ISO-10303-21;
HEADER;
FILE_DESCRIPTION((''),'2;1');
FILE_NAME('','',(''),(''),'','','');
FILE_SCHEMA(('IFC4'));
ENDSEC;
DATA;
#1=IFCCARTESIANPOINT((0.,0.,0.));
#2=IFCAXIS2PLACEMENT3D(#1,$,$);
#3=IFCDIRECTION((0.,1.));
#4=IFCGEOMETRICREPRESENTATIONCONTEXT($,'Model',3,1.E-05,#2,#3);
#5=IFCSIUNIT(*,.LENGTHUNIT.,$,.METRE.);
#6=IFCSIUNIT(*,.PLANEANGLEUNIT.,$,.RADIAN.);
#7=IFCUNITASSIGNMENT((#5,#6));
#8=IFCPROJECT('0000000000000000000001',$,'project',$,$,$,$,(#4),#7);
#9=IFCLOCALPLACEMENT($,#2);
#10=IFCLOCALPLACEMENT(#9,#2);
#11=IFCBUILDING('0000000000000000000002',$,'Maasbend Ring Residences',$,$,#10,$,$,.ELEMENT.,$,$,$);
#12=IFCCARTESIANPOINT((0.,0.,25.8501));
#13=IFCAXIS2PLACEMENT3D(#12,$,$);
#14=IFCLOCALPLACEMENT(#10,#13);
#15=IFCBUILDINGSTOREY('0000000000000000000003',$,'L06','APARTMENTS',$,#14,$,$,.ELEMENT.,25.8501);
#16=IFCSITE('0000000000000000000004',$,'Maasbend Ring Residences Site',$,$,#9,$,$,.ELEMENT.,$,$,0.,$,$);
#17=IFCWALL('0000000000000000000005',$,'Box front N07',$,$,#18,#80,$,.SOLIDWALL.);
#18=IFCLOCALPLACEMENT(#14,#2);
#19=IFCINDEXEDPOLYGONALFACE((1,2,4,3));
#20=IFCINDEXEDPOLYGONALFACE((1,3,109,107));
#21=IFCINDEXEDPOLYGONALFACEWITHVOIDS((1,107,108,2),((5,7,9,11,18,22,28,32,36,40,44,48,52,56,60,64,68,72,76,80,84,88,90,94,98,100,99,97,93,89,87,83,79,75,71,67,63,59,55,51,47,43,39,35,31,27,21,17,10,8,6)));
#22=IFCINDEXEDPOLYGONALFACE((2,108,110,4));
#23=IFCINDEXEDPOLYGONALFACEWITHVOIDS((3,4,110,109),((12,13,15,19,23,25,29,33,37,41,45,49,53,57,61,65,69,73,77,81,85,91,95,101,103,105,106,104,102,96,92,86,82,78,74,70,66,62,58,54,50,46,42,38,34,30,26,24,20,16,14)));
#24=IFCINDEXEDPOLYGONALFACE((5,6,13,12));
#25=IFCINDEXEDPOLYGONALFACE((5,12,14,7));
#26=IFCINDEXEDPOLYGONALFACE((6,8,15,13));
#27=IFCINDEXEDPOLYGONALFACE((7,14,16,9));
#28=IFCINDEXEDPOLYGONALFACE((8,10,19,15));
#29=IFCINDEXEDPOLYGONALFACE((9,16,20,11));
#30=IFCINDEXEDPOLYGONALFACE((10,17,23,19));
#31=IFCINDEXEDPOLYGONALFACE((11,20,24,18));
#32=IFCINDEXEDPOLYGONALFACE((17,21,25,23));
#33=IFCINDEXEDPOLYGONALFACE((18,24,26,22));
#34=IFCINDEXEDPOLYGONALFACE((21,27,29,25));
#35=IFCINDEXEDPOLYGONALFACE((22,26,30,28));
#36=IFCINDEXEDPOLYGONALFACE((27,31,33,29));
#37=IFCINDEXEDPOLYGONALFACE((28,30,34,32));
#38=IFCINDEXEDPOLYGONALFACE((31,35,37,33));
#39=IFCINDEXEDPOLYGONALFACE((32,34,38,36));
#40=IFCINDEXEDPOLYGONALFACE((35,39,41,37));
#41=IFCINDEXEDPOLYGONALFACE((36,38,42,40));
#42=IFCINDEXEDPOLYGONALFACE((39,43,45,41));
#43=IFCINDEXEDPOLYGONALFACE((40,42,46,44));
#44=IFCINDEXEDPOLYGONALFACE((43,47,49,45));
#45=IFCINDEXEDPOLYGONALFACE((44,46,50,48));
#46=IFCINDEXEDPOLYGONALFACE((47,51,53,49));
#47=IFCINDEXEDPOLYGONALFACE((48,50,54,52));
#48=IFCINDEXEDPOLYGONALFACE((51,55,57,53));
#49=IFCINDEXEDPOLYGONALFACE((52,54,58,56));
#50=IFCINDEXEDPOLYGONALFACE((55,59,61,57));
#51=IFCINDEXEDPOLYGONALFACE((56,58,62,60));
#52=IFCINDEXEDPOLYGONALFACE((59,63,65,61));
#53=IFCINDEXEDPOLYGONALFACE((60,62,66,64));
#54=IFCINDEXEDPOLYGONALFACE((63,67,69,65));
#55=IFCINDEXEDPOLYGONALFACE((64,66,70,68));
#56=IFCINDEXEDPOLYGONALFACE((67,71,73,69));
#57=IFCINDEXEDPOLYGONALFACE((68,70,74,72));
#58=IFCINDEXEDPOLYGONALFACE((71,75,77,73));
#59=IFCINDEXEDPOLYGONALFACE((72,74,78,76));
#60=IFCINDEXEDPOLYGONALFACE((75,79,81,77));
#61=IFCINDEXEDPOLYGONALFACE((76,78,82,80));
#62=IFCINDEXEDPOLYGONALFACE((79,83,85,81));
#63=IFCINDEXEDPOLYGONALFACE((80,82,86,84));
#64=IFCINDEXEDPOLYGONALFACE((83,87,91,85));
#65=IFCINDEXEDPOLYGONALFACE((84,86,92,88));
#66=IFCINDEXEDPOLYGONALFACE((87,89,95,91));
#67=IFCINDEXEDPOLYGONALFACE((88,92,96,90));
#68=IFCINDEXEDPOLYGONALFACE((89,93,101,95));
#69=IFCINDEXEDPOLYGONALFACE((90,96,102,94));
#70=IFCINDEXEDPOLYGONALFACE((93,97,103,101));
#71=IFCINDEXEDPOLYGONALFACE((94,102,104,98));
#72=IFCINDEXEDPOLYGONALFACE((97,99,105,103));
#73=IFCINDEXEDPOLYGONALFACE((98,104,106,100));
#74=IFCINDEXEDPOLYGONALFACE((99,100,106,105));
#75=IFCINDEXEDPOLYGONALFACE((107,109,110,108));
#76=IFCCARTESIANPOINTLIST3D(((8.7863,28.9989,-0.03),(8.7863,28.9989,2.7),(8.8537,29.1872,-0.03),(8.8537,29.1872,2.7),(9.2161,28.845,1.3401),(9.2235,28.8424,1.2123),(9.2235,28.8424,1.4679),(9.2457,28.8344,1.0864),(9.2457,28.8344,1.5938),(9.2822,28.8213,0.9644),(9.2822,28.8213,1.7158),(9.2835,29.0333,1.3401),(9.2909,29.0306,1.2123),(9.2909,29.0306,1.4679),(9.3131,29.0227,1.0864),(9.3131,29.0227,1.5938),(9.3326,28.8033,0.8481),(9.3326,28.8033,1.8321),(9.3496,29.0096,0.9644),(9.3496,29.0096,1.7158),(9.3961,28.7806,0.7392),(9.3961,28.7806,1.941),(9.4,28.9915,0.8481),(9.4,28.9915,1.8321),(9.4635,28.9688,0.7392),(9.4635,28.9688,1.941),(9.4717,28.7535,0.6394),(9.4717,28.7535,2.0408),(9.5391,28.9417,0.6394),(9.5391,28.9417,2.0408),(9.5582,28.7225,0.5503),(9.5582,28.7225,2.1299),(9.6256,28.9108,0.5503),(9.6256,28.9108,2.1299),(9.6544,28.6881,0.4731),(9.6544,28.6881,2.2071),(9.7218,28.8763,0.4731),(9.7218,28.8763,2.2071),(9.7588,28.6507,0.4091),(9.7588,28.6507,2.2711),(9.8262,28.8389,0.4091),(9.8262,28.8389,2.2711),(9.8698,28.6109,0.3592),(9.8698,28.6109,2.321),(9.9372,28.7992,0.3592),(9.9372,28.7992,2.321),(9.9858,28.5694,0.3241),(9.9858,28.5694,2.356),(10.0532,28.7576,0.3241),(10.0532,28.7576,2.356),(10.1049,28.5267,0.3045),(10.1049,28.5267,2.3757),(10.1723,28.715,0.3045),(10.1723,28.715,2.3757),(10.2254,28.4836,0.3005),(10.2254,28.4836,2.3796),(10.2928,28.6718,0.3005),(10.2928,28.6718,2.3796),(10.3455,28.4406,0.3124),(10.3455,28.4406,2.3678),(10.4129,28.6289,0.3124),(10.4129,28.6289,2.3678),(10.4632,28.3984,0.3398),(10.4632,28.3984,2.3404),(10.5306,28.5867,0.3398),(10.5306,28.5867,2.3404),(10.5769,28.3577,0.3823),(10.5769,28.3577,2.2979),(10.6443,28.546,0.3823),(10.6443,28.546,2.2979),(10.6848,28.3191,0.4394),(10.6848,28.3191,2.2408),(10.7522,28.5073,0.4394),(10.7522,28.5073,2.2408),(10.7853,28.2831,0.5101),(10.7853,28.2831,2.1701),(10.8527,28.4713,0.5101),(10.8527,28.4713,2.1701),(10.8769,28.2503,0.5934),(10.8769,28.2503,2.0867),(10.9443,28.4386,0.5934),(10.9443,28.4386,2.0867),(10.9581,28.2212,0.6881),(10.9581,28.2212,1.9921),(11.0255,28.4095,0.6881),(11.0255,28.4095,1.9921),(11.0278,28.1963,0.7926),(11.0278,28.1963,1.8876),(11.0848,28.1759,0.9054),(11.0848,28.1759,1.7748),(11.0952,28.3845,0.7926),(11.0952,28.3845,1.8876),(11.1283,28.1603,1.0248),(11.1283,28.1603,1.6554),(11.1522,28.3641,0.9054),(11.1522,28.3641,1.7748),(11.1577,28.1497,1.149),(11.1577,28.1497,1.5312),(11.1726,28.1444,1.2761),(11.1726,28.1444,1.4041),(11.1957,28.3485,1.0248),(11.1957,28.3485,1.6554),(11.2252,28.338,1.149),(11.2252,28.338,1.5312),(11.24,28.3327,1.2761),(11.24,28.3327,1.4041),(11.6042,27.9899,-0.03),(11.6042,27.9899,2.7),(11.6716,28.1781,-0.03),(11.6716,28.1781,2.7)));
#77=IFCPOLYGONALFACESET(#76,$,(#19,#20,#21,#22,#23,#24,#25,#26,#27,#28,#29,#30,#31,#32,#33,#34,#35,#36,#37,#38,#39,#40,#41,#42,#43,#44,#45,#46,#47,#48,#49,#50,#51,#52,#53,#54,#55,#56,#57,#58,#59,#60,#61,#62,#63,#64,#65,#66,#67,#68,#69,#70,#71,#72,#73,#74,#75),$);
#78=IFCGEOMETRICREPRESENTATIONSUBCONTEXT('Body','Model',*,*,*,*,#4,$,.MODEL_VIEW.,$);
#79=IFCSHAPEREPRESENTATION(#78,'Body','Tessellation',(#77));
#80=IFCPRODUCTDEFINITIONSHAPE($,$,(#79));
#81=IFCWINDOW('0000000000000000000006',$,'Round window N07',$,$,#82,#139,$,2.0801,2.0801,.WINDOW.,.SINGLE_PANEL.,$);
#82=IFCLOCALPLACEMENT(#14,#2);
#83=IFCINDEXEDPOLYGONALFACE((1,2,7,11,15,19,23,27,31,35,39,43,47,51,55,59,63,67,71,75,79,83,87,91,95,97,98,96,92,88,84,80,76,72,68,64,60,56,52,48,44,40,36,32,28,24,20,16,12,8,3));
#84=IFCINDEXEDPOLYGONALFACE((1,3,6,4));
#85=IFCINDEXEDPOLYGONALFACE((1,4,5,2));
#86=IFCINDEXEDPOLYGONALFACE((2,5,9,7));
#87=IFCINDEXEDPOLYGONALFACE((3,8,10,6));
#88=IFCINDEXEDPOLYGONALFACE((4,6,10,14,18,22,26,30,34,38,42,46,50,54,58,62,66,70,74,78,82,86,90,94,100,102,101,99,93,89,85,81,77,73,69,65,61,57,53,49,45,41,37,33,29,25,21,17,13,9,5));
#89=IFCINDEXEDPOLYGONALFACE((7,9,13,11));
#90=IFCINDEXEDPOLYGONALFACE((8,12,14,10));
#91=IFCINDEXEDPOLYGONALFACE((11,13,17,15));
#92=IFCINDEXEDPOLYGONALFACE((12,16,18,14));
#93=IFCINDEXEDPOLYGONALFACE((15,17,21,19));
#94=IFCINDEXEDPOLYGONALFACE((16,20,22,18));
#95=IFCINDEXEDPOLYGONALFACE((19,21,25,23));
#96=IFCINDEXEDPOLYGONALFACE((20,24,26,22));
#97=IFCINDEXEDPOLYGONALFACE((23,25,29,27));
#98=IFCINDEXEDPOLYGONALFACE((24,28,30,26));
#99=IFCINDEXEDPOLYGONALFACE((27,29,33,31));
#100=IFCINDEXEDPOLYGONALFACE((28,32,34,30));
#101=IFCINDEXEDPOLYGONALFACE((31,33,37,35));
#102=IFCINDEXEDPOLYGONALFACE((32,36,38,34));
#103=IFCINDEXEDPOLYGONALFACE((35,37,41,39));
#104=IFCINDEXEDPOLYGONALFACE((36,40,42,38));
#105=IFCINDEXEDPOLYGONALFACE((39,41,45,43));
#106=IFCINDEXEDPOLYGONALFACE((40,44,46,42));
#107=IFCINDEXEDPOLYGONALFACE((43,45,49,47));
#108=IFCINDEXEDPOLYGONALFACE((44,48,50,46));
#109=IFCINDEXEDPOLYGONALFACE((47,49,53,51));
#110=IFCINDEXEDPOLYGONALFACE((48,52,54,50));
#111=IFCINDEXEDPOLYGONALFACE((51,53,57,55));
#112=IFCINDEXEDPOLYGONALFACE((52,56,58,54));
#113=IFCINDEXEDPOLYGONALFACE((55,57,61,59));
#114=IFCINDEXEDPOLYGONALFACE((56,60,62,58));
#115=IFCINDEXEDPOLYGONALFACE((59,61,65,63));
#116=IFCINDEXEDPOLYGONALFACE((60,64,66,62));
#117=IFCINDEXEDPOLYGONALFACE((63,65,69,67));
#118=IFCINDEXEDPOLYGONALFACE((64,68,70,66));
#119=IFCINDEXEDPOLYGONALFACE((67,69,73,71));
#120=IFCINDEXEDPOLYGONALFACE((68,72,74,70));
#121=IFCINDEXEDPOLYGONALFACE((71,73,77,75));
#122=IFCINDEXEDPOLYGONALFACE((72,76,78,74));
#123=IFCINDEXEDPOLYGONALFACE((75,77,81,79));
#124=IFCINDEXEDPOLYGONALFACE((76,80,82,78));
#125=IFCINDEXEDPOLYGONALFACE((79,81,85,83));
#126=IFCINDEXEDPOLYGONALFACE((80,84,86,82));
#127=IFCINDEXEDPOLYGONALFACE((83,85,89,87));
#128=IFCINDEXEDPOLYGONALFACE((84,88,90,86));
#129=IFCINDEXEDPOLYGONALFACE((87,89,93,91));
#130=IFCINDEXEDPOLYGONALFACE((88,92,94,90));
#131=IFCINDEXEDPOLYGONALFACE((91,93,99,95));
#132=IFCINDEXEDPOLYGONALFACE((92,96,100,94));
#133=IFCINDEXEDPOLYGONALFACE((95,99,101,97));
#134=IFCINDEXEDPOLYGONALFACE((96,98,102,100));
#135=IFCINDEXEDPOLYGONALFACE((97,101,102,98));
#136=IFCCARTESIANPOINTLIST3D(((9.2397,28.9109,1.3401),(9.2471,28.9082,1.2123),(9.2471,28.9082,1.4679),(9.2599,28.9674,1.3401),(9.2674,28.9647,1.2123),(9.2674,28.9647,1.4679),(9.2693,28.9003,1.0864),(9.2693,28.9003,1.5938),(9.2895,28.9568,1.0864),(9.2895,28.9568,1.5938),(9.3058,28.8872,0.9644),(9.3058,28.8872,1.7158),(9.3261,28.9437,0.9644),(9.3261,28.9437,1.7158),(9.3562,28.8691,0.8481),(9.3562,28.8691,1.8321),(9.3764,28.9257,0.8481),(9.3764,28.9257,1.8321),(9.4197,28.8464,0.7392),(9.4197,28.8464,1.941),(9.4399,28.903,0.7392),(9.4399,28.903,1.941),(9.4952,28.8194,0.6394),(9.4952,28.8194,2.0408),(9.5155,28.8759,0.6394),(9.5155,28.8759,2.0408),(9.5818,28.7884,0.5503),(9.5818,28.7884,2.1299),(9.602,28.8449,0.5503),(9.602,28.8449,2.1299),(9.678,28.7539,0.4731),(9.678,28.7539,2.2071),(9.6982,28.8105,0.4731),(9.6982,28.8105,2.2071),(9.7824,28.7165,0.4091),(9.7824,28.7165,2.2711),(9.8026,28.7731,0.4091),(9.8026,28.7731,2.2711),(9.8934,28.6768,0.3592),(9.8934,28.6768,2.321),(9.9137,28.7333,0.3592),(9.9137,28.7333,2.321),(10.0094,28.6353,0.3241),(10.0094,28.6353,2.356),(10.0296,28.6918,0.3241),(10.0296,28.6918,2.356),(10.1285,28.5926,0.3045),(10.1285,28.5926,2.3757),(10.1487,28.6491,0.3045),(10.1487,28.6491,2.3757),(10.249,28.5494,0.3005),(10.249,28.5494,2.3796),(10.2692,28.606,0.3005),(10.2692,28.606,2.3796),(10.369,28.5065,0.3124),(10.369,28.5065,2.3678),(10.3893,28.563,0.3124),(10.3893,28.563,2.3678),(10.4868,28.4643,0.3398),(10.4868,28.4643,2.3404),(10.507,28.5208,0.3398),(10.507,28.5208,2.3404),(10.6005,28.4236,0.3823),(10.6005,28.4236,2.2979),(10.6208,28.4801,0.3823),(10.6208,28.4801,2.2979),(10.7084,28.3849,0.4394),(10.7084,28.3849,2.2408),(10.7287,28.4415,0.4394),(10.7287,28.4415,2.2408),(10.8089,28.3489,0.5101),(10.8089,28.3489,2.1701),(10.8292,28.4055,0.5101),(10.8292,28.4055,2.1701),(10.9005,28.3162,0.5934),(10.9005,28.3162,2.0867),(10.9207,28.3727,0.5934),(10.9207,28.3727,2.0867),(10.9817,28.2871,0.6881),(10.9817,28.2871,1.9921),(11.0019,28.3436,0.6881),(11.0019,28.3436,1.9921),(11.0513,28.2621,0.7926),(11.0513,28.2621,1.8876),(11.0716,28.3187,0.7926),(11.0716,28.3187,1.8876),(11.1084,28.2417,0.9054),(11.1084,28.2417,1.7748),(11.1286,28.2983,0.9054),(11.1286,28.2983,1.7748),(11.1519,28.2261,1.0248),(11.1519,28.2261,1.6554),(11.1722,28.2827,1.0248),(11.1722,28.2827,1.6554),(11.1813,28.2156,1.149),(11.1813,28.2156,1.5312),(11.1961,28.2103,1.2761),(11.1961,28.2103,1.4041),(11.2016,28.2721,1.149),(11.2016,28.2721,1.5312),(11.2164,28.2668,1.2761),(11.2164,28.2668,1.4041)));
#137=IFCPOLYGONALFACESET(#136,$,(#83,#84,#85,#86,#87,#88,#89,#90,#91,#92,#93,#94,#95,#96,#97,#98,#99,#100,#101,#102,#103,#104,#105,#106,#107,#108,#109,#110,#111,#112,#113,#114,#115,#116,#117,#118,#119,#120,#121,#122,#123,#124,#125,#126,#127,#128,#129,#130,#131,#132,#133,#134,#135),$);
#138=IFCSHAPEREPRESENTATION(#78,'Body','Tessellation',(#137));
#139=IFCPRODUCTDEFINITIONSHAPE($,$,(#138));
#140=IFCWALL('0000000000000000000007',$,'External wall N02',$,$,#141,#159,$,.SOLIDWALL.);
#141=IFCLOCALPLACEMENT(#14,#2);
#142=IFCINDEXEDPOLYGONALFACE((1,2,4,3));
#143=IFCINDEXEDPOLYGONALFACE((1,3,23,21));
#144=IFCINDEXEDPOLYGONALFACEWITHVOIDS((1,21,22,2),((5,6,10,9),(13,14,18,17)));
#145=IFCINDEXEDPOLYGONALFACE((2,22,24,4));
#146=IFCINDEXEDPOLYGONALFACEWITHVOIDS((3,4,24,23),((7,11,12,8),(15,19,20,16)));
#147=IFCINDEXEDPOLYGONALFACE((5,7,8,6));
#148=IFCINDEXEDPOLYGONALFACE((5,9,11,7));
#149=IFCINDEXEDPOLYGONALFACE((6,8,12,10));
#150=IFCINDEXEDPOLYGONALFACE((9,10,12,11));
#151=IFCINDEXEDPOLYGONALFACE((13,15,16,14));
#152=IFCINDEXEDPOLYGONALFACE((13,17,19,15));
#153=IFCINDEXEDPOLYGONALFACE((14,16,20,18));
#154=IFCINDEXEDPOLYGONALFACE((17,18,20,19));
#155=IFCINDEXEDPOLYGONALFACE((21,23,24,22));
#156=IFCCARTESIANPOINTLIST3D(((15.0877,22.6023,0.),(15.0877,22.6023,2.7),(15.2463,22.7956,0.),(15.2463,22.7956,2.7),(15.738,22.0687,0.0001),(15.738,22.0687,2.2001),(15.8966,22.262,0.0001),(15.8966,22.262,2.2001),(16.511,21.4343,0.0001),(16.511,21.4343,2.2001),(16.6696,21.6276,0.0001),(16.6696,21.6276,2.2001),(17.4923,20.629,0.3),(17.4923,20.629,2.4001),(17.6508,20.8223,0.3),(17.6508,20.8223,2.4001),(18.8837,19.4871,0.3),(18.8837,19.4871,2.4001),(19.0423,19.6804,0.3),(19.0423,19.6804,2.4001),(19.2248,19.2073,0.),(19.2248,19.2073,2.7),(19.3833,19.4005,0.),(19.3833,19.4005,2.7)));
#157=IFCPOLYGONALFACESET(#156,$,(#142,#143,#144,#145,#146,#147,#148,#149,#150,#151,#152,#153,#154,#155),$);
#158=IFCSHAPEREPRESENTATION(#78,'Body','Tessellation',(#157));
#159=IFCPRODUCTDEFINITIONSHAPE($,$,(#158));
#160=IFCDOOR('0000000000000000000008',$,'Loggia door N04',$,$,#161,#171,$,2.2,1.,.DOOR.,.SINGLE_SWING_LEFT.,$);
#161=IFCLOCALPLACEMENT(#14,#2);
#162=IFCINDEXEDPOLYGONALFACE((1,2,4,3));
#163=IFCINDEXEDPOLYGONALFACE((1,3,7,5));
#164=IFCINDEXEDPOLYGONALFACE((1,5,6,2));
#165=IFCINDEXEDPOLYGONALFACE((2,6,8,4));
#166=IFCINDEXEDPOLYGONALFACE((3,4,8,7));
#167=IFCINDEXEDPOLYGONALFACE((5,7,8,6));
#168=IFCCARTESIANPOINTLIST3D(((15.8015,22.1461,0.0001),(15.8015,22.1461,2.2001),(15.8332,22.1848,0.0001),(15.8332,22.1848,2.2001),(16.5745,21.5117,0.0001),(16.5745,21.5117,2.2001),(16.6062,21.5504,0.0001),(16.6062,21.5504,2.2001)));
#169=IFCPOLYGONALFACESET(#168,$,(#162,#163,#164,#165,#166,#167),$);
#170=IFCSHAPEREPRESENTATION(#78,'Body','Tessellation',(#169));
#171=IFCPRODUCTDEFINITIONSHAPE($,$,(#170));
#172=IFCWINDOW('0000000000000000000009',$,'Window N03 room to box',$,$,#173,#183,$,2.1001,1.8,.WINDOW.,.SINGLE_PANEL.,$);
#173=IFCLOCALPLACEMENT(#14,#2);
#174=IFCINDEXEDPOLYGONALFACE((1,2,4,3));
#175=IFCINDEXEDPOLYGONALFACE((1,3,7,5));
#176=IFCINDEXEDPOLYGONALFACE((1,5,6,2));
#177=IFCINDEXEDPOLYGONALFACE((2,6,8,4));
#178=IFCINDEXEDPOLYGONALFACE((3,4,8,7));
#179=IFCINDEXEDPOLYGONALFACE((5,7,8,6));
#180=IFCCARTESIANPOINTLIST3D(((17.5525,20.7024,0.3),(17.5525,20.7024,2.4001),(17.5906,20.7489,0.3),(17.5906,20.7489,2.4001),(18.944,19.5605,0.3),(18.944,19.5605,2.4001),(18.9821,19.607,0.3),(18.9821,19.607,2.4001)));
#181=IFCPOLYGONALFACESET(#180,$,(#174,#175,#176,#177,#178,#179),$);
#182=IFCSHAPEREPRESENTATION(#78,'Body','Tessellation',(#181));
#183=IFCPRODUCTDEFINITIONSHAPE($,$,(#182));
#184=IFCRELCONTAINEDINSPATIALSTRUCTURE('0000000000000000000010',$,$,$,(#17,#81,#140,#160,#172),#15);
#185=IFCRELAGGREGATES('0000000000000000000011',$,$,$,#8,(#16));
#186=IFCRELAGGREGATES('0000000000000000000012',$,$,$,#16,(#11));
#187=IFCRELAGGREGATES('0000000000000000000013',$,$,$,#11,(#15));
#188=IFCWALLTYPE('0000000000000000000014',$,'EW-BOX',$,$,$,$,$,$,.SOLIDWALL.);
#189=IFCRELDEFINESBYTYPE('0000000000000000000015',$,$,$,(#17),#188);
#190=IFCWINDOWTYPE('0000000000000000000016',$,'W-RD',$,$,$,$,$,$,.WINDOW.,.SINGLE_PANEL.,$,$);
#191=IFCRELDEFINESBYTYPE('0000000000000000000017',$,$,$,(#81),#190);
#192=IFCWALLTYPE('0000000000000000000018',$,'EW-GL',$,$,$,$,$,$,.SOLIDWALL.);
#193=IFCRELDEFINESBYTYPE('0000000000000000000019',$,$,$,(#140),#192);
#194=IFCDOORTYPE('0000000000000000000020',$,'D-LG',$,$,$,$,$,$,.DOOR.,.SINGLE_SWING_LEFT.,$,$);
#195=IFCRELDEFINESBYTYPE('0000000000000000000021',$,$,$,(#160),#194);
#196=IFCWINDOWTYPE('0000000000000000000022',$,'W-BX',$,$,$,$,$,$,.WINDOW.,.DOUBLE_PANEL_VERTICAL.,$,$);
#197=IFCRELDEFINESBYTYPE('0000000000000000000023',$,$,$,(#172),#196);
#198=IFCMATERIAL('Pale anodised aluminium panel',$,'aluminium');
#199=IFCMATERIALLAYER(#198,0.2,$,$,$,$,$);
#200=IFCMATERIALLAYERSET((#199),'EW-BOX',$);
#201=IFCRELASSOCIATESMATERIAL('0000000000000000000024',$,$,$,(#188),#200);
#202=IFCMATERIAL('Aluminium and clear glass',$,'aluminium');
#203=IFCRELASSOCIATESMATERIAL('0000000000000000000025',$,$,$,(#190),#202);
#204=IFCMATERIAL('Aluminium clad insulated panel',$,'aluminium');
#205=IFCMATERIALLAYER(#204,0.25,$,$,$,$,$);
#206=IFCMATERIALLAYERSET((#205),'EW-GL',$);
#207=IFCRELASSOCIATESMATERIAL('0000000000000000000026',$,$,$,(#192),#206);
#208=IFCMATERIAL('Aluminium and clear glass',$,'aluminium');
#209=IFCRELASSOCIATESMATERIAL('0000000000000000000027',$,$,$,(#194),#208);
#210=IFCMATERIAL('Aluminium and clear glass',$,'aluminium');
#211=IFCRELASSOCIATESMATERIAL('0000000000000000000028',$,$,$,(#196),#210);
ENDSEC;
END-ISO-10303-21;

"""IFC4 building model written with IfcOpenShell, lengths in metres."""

from ifc_helpers import new_model, si_unit, direction, frame, frame_2d, origin, place, context, subcontext, project, spatial, rectangle, circle, extrude, material, layer, layer_set, type_object, element, fill, save


model = new_model("IFC4")

# Units and contexts
model_context = context("Model", 3, precision=1e-05, world=origin(), true_north=direction((0.0, 1.0)))
body_context = subcontext(model_context, "Body", "Model", "MODEL_VIEW")
ifc_project = project(units=[si_unit("LENGTHUNIT", "METRE"), si_unit("PLANEANGLEUNIT", "RADIAN")], contexts=[model_context])

# Site, building, storey
site_placement = place(None, origin())
site = spatial("IfcSite", under=ifc_project, at=site_placement, Name="Maasbend Ring Residences Site", CompositionType="ELEMENT", RefElevation=0.0)
building_placement = place(site_placement, origin())
building = spatial("IfcBuilding", under=site, at=building_placement, Name="Maasbend Ring Residences", CompositionType="ELEMENT")
storey_placement = place(building_placement, frame((0.0, 0.0, 25.8501)))
storey = spatial("IfcBuildingStorey", under=building, at=storey_placement, Name="L06", Description="APARTMENTS", CompositionType="ELEMENT", Elevation=25.8501)

# Shared definitions
ifc_material_1 = material(Name="Pale anodised aluminium panel", Category="aluminium")
ifc_layer_1 = layer(ifc_material_1, 0.2)
ifc_layer_set_1 = layer_set([ifc_layer_1], Name="EW-BOX")
wall_type_1 = type_object("IfcWallType", Name="EW-BOX", PredefinedType="SOLIDWALL", material=ifc_layer_set_1)
ifc_material_2 = material(Name="Aluminium and clear glass", Category="aluminium")
window_type_1 = type_object("IfcWindowType", Name="W-RD", PartitioningType="SINGLE_PANEL", PredefinedType="WINDOW", material=ifc_material_2)

# Wall, opening, window
wall_1_placement = place(storey_placement, frame((11.6379, 28.084, -0.03), z_axis=(0.0, 0.0, 1.0), x_axis=(-0.941461, 0.337122, 0.0)))
wall_1 = element("IfcWall", 1, at=wall_1_placement, inside=storey, type_object=wall_type_1, Name="Box front N07", PredefinedType="SOLIDWALL", context=body_context, shape_type="SweptSolid", body=[
    extrude(rectangle(XDim=2.9932, YDim=0.2, at=frame_2d((1.4966, 0.0))), origin(), (0.0, 0.0, 1.0), 2.73),
])
opening_1_placement = place(wall_1_placement, frame((0.4565, 0.0, 0.3301)))
opening_1 = element("IfcOpeningElement", 2, at=opening_1_placement, cuts=wall_1, PredefinedType="OPENING", context=body_context, shape_type="SweptSolid", body=[
    extrude(circle(Radius=1.04, at=frame_2d((1.04, 1.04))), frame((0.0, 0.1099, 0.0), z_axis=(0.0, -1.0, 0.0), x_axis=(1.0, 0.0, 0.0)), (0.0, 0.0, 1.0), 0.22),
])
window_1_placement = place(opening_1_placement, origin())
window_1 = element("IfcWindow", 3, at=window_1_placement, inside=storey, type_object=window_type_1, Name="Round window N07", OverallHeight=2.0801, OverallWidth=2.0801, PartitioningType="SINGLE_PANEL", PredefinedType="WINDOW", context=body_context, shape_type="SweptSolid", body=[
    extrude(circle(Radius=1.04, at=frame_2d((1.04, 1.04))), frame((0.0, 0.03, 0.0), z_axis=(0.0, -1.0, 0.0), x_axis=(1.0, 0.0, 0.0)), (0.0, 0.0, 1.0), 0.0601),
])
fill(opening_1, window_1)

# Wall, openings, door, window
ifc_material_3 = material(Name="Aluminium clad insulated panel", Category="aluminium")
ifc_layer_2 = layer(ifc_material_3, 0.25)
ifc_layer_set_2 = layer_set([ifc_layer_2], Name="EW-GL")
wall_type_2 = type_object("IfcWallType", Name="EW-GL", PredefinedType="SOLIDWALL", material=ifc_layer_set_2)
wall_2_placement = place(storey_placement, frame((19.304, 19.304, 0.0), z_axis=(0.0, 0.0, 1.0), x_axis=(-0.773019, 0.634382, 0.0)))
wall_2 = element("IfcWall", 4, at=wall_2_placement, inside=storey, type_object=wall_type_2, Name="External wall N02", PredefinedType="SOLIDWALL", context=body_context, shape_type="SweptSolid", body=[
    extrude(rectangle(XDim=5.3518, YDim=0.25, at=frame_2d((2.6758, 0.0))), origin(), (0.0, 0.0, 1.0), 2.7),
])
opening_2_placement = place(wall_2_placement, frame((0.4412, 0.0, 0.3)))
opening_2 = element("IfcOpeningElement", 5, at=opening_2_placement, cuts=wall_2, PredefinedType="OPENING", context=body_context, shape_type="SweptSolid", body=[
    extrude(rectangle(XDim=1.8, YDim=2.1001, at=frame_2d((0.8999, 1.05))), frame((0.0, 0.135, 0.0), z_axis=(0.0, -1.0, 0.0), x_axis=(1.0, 0.0, 0.0)), (0.0, 0.0, 1.0), 0.27),
])
opening_3_placement = place(wall_2_placement, frame((3.5105, 0.0, 0.0)))
opening_3 = element("IfcOpeningElement", 6, at=opening_3_placement, cuts=wall_2, PredefinedType="OPENING", context=body_context, shape_type="SweptSolid", body=[
    extrude(rectangle(XDim=1.0, YDim=2.2, at=frame_2d((0.5, 1.1001))), frame((0.0, 0.135, 0.0), z_axis=(0.0, -1.0, 0.0), x_axis=(1.0, 0.0, 0.0)), (0.0, 0.0, 1.0), 0.27),
])
ifc_material_4 = material(Name="Aluminium and clear glass", Category="aluminium")
door_type = type_object("IfcDoorType", Name="D-LG", OperationType="SINGLE_SWING_LEFT", PredefinedType="DOOR", material=ifc_material_4)
door_1_placement = place(opening_3_placement, origin())
door_1 = element("IfcDoor", 7, at=door_1_placement, inside=storey, type_object=door_type, Name="Loggia door N04", OperationType="SINGLE_SWING_LEFT", OverallHeight=2.2, OverallWidth=1.0, PredefinedType="DOOR", context=body_context, shape_type="SweptSolid", body=[
    extrude(rectangle(XDim=1.0, YDim=2.2, at=frame_2d((0.5, 1.1001))), frame((0.0, 0.0249, 0.0), z_axis=(0.0, -1.0, 0.0), x_axis=(1.0, 0.0, 0.0)), (0.0, 0.0, 1.0), 0.05),
])
fill(opening_3, door_1)
ifc_material_5 = material(Name="Aluminium and clear glass", Category="aluminium")
window_type_2 = type_object("IfcWindowType", Name="W-BX", PartitioningType="DOUBLE_PANEL_VERTICAL", PredefinedType="WINDOW", material=ifc_material_5)
window_2_placement = place(opening_2_placement, origin())
window_2 = element("IfcWindow", 8, at=window_2_placement, inside=storey, type_object=window_type_2, Name="Window N03 room to box", OverallHeight=2.1001, OverallWidth=1.8, PartitioningType="SINGLE_PANEL", PredefinedType="WINDOW", context=body_context, shape_type="SweptSolid", body=[
    extrude(rectangle(XDim=1.8, YDim=2.1001, at=frame_2d((0.8999, 1.05))), frame((0.0, 0.03, 0.0), z_axis=(0.0, -1.0, 0.0), x_axis=(1.0, 0.0, 0.0)), (0.0, 0.0, 1.0), 0.0601),
])
fill(opening_2, window_2)

save(model, "model.ifc")
